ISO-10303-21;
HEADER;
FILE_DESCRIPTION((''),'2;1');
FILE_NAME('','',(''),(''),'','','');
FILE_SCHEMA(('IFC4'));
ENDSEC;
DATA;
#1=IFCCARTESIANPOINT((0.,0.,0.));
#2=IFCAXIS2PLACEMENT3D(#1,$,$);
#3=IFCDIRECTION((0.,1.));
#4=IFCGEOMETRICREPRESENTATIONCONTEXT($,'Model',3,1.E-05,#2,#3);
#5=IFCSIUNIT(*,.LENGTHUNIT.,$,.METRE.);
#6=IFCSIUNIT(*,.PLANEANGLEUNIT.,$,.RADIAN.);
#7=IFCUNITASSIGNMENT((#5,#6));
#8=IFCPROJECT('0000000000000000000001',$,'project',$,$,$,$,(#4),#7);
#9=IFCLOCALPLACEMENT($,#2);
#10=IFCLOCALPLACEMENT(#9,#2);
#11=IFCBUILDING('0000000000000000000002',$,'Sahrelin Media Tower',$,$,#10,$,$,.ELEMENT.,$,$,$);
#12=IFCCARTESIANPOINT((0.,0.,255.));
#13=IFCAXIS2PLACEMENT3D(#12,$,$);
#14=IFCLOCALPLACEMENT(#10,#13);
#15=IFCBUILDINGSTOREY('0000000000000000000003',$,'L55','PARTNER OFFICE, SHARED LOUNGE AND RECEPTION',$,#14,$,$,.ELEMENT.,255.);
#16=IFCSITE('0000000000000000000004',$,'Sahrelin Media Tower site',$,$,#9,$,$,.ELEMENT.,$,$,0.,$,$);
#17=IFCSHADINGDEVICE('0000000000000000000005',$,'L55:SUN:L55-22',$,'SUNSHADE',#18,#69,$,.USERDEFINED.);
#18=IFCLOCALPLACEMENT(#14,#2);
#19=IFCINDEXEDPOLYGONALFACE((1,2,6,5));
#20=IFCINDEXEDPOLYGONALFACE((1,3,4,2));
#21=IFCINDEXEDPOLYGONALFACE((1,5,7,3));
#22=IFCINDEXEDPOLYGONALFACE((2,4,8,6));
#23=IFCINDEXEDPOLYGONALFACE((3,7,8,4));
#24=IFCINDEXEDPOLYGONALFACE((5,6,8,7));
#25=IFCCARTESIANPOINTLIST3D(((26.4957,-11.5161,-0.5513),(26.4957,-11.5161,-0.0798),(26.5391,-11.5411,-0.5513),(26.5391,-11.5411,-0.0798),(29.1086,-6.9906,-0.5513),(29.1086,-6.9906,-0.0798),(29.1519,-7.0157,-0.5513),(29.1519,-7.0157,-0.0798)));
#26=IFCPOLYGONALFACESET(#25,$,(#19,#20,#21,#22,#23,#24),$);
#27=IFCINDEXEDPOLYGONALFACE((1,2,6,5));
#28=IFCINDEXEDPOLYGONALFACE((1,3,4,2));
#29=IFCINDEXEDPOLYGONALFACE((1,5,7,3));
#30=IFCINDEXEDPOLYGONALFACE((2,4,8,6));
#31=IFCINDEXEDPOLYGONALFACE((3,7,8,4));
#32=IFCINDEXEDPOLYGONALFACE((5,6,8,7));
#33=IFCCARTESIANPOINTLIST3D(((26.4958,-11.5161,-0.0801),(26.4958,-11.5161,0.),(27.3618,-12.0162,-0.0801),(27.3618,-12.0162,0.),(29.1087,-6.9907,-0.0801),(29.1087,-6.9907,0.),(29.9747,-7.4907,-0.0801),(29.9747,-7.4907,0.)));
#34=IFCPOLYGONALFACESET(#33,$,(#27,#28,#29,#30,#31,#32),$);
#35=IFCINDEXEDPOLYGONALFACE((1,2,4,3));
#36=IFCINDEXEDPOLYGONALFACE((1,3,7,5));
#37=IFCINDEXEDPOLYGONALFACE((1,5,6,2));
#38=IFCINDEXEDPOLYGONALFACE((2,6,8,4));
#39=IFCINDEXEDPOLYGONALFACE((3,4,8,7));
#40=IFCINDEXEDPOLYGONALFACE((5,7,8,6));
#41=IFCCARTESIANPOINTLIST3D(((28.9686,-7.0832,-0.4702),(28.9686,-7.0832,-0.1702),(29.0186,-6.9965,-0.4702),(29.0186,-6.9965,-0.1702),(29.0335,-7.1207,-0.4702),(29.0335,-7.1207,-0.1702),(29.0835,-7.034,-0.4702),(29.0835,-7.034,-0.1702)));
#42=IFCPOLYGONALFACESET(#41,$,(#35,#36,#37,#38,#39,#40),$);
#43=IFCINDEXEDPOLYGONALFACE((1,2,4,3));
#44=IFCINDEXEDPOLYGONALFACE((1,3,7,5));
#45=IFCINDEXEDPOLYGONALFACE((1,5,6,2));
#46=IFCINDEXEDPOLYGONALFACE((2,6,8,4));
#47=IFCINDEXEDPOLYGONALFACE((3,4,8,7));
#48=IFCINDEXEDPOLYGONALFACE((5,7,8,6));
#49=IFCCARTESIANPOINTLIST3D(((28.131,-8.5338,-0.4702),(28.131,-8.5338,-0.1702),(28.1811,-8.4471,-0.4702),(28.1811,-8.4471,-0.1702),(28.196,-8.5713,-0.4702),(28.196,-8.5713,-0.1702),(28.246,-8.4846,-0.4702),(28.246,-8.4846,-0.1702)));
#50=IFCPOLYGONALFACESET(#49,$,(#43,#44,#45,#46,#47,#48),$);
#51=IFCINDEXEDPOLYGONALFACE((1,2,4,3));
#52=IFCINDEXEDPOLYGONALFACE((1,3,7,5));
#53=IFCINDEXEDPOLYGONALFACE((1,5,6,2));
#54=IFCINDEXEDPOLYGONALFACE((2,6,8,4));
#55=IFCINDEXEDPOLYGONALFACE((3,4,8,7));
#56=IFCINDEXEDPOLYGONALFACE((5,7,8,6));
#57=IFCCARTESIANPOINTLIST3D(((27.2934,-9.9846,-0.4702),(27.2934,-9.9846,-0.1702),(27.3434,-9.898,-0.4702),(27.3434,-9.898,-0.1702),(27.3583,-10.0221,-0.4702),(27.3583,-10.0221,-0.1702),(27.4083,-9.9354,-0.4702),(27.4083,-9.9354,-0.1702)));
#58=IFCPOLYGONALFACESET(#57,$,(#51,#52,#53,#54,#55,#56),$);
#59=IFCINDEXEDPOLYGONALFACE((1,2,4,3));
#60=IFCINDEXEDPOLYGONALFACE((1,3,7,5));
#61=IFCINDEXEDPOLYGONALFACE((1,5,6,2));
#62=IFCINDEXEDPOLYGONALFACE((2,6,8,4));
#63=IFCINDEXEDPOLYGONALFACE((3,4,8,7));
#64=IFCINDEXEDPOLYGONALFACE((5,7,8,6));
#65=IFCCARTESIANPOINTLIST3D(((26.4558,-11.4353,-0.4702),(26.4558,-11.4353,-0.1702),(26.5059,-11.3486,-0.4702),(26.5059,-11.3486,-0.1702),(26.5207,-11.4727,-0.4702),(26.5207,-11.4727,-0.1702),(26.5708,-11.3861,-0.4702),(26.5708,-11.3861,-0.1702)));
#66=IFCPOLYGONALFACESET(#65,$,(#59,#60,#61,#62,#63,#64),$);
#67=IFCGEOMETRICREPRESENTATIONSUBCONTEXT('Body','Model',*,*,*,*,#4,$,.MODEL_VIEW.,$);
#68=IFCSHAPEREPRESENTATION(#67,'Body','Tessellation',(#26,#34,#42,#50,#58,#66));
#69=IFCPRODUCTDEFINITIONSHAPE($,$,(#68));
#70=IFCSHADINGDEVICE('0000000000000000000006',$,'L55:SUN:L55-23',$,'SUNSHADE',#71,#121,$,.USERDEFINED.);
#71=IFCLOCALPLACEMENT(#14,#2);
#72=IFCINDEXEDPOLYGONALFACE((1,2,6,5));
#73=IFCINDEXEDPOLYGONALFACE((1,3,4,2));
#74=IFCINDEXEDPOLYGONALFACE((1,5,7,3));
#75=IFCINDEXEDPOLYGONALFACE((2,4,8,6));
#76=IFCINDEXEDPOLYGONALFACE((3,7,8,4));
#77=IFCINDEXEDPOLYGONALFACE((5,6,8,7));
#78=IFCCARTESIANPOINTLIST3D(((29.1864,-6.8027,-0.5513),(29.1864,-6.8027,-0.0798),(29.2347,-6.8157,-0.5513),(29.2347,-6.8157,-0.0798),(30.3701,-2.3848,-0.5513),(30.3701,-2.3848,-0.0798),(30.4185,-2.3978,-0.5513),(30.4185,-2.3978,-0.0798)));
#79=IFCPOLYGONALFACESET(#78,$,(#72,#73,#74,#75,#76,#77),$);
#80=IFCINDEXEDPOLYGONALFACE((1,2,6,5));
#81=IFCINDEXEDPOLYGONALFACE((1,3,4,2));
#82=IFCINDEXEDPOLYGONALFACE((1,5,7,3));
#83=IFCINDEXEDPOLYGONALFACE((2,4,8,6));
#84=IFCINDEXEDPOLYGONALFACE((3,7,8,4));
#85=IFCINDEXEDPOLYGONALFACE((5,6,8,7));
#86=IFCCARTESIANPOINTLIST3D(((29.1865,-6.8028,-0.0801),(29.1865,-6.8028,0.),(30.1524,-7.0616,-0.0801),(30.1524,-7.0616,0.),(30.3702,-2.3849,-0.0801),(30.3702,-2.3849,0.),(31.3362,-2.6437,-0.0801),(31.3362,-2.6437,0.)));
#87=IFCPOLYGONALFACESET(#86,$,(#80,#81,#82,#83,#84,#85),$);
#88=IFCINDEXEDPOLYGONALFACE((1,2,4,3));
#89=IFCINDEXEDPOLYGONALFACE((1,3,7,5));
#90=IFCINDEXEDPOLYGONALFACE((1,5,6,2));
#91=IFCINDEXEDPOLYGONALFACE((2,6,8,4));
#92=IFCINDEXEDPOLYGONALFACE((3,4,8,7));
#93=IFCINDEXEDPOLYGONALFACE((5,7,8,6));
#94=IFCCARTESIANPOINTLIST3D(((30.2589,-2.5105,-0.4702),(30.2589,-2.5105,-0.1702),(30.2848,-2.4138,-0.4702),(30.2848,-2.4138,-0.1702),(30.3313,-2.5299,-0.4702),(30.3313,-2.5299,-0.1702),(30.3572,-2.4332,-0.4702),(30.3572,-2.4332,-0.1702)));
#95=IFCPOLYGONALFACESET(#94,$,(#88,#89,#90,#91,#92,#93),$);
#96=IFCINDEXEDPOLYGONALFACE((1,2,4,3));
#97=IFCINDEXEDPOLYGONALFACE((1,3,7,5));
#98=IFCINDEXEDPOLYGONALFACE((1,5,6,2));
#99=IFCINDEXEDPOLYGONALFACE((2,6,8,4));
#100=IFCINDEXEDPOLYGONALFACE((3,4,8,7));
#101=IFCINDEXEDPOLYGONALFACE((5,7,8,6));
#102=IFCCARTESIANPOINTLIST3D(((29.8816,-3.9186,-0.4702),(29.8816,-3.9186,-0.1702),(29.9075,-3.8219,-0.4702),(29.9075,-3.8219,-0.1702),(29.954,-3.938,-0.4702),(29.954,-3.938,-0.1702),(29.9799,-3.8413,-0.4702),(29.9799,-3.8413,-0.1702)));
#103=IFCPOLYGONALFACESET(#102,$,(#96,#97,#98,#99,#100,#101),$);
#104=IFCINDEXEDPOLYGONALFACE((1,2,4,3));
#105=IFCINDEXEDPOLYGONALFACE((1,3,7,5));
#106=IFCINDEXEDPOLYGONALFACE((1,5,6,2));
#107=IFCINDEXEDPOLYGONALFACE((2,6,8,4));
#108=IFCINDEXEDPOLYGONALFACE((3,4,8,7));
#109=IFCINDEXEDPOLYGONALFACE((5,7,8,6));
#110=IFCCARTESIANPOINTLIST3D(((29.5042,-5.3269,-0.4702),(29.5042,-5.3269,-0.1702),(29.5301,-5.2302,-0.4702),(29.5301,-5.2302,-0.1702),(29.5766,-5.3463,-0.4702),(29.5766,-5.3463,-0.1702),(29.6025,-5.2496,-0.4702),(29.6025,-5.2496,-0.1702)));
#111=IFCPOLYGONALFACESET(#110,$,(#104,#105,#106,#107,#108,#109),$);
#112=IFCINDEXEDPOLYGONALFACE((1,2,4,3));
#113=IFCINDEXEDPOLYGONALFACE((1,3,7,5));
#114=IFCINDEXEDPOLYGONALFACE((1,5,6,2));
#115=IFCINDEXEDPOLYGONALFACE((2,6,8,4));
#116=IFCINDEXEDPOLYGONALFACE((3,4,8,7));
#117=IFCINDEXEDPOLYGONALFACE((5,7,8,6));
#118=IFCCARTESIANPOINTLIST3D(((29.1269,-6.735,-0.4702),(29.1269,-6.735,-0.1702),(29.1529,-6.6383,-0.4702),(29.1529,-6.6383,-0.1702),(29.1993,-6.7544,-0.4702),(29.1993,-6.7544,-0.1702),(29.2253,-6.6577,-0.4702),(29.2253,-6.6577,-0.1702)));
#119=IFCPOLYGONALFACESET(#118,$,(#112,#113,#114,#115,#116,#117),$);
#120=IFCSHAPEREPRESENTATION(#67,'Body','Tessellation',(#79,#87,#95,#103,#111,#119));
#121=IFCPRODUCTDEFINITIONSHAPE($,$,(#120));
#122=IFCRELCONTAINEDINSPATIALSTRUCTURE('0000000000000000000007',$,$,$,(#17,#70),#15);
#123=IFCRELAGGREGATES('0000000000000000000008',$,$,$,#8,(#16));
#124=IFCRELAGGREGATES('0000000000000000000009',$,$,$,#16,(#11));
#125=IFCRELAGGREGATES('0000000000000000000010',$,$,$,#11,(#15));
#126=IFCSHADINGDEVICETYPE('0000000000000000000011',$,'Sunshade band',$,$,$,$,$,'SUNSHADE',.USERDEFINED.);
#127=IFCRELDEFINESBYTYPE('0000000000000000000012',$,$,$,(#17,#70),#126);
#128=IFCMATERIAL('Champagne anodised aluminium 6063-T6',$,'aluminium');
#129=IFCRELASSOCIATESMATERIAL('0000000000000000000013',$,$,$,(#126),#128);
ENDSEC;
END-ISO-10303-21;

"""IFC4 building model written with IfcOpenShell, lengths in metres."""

from ifc_helpers import new_model, si_unit, direction, frame, origin, origin_2d, place, context, subcontext, project, spatial, rectangle, extrude, material, type_object, element, save


model = new_model("IFC4")

# Units and contexts
model_context = context("Model", 3, precision=1e-05, world=origin(), true_north=direction((0.0, 1.0)))
body_context = subcontext(model_context, "Body", "Model", "MODEL_VIEW")
ifc_project = project(units=[si_unit("LENGTHUNIT", "METRE"), si_unit("PLANEANGLEUNIT", "RADIAN")], contexts=[model_context])

# Site, building, storey
site_placement = place(None, origin())
site = spatial("IfcSite", under=ifc_project, at=site_placement, Name="Sahrelin Media Tower site", CompositionType="ELEMENT", RefElevation=0.0)
building_placement = place(site_placement, origin())
building = spatial("IfcBuilding", under=site, at=building_placement, Name="Sahrelin Media Tower", CompositionType="ELEMENT")
storey_placement = place(building_placement, frame((0.0, 0.0, 255.0)))
storey = spatial("IfcBuildingStorey", under=building, at=storey_placement, Name="L55", Description="PARTNER OFFICE, SHARED LOUNGE AND RECEPTION", CompositionType="ELEMENT", Elevation=255.0)

# Shared definitions
ifc_material_1 = material(Name="Champagne anodised aluminium 6063-T6", Category="aluminium")

# Shading devices
placement_1 = place(storey_placement, frame((27.7849, -9.2434, 0.0), z_axis=(0.0, 0.0, 1.0), x_axis=(-0.500011, -0.866019, 0.0)))
placement_2 = place(storey_placement, frame((29.759, -4.5886, 0.0), z_axis=(0.0, 0.0, 1.0), x_axis=(-0.258808, -0.965929, 0.0)))
shading_device_type_1 = type_object("IfcShadingDeviceType", Name="Sunshade band", ElementType="SUNSHADE", PredefinedType="USERDEFINED", material=ifc_material_1)
element("IfcShadingDevice", 1, at=placement_1, inside=storey, type_object=shading_device_type_1, Name="L55:SUN:L55-22", ObjectType="SUNSHADE", PredefinedType="USERDEFINED", context=body_context, shape_type="SweptSolid", body=[
    extrude(rectangle(XDim=5.2256, YDim=0.05, at=origin_2d()), frame((0.0, 0.0449, -0.5513)), (0.0, 0.0, 1.0), 0.4714),
    extrude(rectangle(XDim=5.2256, YDim=1.0, at=origin_2d()), frame((0.0, 0.52, -0.0801)), (0.0, 0.0, 1.0), 0.0801),
    extrude(rectangle(XDim=0.1001, YDim=0.075, at=origin_2d()), frame((-2.5127, -0.0176, -0.4702)), (0.0, 0.0, 1.0), 0.3),
    extrude(rectangle(XDim=0.1001, YDim=0.075, at=origin_2d()), frame((-0.8376, -0.0176, -0.4702)), (0.0, 0.0, 1.0), 0.3),
    extrude(rectangle(XDim=0.1001, YDim=0.075, at=origin_2d()), frame((0.8376, -0.0176, -0.4702)), (0.0, 0.0, 1.0), 0.3),
    extrude(rectangle(XDim=0.1001, YDim=0.075, at=origin_2d()), frame((2.5127, -0.0176, -0.4702)), (0.0, 0.0, 1.0), 0.3),
])
element("IfcShadingDevice", 2, at=placement_2, inside=storey, type_object=shading_device_type_1, Name="L55:SUN:L55-23", ObjectType="SUNSHADE", PredefinedType="USERDEFINED", context=body_context, shape_type="SweptSolid", body=[
    extrude(rectangle(XDim=4.5737, YDim=0.05, at=origin_2d()), frame((0.0, 0.0449, -0.5513)), (0.0, 0.0, 1.0), 0.4714),
    extrude(rectangle(XDim=4.5737, YDim=1.0, at=origin_2d()), frame((0.0, 0.52, -0.0801)), (0.0, 0.0, 1.0), 0.0801),
    extrude(rectangle(XDim=0.1001, YDim=0.075, at=origin_2d()), frame((-2.1868, -0.0176, -0.4702)), (0.0, 0.0, 1.0), 0.3),
    extrude(rectangle(XDim=0.1001, YDim=0.075, at=origin_2d()), frame((-0.729, -0.0176, -0.4702)), (0.0, 0.0, 1.0), 0.3),
    extrude(rectangle(XDim=0.1001, YDim=0.075, at=origin_2d()), frame((0.729, -0.0176, -0.4702)), (0.0, 0.0, 1.0), 0.3),
    extrude(rectangle(XDim=0.1001, YDim=0.075, at=origin_2d()), frame((2.1868, -0.0176, -0.4702)), (0.0, 0.0, 1.0), 0.3),
])

save(model, "model.ifc")
